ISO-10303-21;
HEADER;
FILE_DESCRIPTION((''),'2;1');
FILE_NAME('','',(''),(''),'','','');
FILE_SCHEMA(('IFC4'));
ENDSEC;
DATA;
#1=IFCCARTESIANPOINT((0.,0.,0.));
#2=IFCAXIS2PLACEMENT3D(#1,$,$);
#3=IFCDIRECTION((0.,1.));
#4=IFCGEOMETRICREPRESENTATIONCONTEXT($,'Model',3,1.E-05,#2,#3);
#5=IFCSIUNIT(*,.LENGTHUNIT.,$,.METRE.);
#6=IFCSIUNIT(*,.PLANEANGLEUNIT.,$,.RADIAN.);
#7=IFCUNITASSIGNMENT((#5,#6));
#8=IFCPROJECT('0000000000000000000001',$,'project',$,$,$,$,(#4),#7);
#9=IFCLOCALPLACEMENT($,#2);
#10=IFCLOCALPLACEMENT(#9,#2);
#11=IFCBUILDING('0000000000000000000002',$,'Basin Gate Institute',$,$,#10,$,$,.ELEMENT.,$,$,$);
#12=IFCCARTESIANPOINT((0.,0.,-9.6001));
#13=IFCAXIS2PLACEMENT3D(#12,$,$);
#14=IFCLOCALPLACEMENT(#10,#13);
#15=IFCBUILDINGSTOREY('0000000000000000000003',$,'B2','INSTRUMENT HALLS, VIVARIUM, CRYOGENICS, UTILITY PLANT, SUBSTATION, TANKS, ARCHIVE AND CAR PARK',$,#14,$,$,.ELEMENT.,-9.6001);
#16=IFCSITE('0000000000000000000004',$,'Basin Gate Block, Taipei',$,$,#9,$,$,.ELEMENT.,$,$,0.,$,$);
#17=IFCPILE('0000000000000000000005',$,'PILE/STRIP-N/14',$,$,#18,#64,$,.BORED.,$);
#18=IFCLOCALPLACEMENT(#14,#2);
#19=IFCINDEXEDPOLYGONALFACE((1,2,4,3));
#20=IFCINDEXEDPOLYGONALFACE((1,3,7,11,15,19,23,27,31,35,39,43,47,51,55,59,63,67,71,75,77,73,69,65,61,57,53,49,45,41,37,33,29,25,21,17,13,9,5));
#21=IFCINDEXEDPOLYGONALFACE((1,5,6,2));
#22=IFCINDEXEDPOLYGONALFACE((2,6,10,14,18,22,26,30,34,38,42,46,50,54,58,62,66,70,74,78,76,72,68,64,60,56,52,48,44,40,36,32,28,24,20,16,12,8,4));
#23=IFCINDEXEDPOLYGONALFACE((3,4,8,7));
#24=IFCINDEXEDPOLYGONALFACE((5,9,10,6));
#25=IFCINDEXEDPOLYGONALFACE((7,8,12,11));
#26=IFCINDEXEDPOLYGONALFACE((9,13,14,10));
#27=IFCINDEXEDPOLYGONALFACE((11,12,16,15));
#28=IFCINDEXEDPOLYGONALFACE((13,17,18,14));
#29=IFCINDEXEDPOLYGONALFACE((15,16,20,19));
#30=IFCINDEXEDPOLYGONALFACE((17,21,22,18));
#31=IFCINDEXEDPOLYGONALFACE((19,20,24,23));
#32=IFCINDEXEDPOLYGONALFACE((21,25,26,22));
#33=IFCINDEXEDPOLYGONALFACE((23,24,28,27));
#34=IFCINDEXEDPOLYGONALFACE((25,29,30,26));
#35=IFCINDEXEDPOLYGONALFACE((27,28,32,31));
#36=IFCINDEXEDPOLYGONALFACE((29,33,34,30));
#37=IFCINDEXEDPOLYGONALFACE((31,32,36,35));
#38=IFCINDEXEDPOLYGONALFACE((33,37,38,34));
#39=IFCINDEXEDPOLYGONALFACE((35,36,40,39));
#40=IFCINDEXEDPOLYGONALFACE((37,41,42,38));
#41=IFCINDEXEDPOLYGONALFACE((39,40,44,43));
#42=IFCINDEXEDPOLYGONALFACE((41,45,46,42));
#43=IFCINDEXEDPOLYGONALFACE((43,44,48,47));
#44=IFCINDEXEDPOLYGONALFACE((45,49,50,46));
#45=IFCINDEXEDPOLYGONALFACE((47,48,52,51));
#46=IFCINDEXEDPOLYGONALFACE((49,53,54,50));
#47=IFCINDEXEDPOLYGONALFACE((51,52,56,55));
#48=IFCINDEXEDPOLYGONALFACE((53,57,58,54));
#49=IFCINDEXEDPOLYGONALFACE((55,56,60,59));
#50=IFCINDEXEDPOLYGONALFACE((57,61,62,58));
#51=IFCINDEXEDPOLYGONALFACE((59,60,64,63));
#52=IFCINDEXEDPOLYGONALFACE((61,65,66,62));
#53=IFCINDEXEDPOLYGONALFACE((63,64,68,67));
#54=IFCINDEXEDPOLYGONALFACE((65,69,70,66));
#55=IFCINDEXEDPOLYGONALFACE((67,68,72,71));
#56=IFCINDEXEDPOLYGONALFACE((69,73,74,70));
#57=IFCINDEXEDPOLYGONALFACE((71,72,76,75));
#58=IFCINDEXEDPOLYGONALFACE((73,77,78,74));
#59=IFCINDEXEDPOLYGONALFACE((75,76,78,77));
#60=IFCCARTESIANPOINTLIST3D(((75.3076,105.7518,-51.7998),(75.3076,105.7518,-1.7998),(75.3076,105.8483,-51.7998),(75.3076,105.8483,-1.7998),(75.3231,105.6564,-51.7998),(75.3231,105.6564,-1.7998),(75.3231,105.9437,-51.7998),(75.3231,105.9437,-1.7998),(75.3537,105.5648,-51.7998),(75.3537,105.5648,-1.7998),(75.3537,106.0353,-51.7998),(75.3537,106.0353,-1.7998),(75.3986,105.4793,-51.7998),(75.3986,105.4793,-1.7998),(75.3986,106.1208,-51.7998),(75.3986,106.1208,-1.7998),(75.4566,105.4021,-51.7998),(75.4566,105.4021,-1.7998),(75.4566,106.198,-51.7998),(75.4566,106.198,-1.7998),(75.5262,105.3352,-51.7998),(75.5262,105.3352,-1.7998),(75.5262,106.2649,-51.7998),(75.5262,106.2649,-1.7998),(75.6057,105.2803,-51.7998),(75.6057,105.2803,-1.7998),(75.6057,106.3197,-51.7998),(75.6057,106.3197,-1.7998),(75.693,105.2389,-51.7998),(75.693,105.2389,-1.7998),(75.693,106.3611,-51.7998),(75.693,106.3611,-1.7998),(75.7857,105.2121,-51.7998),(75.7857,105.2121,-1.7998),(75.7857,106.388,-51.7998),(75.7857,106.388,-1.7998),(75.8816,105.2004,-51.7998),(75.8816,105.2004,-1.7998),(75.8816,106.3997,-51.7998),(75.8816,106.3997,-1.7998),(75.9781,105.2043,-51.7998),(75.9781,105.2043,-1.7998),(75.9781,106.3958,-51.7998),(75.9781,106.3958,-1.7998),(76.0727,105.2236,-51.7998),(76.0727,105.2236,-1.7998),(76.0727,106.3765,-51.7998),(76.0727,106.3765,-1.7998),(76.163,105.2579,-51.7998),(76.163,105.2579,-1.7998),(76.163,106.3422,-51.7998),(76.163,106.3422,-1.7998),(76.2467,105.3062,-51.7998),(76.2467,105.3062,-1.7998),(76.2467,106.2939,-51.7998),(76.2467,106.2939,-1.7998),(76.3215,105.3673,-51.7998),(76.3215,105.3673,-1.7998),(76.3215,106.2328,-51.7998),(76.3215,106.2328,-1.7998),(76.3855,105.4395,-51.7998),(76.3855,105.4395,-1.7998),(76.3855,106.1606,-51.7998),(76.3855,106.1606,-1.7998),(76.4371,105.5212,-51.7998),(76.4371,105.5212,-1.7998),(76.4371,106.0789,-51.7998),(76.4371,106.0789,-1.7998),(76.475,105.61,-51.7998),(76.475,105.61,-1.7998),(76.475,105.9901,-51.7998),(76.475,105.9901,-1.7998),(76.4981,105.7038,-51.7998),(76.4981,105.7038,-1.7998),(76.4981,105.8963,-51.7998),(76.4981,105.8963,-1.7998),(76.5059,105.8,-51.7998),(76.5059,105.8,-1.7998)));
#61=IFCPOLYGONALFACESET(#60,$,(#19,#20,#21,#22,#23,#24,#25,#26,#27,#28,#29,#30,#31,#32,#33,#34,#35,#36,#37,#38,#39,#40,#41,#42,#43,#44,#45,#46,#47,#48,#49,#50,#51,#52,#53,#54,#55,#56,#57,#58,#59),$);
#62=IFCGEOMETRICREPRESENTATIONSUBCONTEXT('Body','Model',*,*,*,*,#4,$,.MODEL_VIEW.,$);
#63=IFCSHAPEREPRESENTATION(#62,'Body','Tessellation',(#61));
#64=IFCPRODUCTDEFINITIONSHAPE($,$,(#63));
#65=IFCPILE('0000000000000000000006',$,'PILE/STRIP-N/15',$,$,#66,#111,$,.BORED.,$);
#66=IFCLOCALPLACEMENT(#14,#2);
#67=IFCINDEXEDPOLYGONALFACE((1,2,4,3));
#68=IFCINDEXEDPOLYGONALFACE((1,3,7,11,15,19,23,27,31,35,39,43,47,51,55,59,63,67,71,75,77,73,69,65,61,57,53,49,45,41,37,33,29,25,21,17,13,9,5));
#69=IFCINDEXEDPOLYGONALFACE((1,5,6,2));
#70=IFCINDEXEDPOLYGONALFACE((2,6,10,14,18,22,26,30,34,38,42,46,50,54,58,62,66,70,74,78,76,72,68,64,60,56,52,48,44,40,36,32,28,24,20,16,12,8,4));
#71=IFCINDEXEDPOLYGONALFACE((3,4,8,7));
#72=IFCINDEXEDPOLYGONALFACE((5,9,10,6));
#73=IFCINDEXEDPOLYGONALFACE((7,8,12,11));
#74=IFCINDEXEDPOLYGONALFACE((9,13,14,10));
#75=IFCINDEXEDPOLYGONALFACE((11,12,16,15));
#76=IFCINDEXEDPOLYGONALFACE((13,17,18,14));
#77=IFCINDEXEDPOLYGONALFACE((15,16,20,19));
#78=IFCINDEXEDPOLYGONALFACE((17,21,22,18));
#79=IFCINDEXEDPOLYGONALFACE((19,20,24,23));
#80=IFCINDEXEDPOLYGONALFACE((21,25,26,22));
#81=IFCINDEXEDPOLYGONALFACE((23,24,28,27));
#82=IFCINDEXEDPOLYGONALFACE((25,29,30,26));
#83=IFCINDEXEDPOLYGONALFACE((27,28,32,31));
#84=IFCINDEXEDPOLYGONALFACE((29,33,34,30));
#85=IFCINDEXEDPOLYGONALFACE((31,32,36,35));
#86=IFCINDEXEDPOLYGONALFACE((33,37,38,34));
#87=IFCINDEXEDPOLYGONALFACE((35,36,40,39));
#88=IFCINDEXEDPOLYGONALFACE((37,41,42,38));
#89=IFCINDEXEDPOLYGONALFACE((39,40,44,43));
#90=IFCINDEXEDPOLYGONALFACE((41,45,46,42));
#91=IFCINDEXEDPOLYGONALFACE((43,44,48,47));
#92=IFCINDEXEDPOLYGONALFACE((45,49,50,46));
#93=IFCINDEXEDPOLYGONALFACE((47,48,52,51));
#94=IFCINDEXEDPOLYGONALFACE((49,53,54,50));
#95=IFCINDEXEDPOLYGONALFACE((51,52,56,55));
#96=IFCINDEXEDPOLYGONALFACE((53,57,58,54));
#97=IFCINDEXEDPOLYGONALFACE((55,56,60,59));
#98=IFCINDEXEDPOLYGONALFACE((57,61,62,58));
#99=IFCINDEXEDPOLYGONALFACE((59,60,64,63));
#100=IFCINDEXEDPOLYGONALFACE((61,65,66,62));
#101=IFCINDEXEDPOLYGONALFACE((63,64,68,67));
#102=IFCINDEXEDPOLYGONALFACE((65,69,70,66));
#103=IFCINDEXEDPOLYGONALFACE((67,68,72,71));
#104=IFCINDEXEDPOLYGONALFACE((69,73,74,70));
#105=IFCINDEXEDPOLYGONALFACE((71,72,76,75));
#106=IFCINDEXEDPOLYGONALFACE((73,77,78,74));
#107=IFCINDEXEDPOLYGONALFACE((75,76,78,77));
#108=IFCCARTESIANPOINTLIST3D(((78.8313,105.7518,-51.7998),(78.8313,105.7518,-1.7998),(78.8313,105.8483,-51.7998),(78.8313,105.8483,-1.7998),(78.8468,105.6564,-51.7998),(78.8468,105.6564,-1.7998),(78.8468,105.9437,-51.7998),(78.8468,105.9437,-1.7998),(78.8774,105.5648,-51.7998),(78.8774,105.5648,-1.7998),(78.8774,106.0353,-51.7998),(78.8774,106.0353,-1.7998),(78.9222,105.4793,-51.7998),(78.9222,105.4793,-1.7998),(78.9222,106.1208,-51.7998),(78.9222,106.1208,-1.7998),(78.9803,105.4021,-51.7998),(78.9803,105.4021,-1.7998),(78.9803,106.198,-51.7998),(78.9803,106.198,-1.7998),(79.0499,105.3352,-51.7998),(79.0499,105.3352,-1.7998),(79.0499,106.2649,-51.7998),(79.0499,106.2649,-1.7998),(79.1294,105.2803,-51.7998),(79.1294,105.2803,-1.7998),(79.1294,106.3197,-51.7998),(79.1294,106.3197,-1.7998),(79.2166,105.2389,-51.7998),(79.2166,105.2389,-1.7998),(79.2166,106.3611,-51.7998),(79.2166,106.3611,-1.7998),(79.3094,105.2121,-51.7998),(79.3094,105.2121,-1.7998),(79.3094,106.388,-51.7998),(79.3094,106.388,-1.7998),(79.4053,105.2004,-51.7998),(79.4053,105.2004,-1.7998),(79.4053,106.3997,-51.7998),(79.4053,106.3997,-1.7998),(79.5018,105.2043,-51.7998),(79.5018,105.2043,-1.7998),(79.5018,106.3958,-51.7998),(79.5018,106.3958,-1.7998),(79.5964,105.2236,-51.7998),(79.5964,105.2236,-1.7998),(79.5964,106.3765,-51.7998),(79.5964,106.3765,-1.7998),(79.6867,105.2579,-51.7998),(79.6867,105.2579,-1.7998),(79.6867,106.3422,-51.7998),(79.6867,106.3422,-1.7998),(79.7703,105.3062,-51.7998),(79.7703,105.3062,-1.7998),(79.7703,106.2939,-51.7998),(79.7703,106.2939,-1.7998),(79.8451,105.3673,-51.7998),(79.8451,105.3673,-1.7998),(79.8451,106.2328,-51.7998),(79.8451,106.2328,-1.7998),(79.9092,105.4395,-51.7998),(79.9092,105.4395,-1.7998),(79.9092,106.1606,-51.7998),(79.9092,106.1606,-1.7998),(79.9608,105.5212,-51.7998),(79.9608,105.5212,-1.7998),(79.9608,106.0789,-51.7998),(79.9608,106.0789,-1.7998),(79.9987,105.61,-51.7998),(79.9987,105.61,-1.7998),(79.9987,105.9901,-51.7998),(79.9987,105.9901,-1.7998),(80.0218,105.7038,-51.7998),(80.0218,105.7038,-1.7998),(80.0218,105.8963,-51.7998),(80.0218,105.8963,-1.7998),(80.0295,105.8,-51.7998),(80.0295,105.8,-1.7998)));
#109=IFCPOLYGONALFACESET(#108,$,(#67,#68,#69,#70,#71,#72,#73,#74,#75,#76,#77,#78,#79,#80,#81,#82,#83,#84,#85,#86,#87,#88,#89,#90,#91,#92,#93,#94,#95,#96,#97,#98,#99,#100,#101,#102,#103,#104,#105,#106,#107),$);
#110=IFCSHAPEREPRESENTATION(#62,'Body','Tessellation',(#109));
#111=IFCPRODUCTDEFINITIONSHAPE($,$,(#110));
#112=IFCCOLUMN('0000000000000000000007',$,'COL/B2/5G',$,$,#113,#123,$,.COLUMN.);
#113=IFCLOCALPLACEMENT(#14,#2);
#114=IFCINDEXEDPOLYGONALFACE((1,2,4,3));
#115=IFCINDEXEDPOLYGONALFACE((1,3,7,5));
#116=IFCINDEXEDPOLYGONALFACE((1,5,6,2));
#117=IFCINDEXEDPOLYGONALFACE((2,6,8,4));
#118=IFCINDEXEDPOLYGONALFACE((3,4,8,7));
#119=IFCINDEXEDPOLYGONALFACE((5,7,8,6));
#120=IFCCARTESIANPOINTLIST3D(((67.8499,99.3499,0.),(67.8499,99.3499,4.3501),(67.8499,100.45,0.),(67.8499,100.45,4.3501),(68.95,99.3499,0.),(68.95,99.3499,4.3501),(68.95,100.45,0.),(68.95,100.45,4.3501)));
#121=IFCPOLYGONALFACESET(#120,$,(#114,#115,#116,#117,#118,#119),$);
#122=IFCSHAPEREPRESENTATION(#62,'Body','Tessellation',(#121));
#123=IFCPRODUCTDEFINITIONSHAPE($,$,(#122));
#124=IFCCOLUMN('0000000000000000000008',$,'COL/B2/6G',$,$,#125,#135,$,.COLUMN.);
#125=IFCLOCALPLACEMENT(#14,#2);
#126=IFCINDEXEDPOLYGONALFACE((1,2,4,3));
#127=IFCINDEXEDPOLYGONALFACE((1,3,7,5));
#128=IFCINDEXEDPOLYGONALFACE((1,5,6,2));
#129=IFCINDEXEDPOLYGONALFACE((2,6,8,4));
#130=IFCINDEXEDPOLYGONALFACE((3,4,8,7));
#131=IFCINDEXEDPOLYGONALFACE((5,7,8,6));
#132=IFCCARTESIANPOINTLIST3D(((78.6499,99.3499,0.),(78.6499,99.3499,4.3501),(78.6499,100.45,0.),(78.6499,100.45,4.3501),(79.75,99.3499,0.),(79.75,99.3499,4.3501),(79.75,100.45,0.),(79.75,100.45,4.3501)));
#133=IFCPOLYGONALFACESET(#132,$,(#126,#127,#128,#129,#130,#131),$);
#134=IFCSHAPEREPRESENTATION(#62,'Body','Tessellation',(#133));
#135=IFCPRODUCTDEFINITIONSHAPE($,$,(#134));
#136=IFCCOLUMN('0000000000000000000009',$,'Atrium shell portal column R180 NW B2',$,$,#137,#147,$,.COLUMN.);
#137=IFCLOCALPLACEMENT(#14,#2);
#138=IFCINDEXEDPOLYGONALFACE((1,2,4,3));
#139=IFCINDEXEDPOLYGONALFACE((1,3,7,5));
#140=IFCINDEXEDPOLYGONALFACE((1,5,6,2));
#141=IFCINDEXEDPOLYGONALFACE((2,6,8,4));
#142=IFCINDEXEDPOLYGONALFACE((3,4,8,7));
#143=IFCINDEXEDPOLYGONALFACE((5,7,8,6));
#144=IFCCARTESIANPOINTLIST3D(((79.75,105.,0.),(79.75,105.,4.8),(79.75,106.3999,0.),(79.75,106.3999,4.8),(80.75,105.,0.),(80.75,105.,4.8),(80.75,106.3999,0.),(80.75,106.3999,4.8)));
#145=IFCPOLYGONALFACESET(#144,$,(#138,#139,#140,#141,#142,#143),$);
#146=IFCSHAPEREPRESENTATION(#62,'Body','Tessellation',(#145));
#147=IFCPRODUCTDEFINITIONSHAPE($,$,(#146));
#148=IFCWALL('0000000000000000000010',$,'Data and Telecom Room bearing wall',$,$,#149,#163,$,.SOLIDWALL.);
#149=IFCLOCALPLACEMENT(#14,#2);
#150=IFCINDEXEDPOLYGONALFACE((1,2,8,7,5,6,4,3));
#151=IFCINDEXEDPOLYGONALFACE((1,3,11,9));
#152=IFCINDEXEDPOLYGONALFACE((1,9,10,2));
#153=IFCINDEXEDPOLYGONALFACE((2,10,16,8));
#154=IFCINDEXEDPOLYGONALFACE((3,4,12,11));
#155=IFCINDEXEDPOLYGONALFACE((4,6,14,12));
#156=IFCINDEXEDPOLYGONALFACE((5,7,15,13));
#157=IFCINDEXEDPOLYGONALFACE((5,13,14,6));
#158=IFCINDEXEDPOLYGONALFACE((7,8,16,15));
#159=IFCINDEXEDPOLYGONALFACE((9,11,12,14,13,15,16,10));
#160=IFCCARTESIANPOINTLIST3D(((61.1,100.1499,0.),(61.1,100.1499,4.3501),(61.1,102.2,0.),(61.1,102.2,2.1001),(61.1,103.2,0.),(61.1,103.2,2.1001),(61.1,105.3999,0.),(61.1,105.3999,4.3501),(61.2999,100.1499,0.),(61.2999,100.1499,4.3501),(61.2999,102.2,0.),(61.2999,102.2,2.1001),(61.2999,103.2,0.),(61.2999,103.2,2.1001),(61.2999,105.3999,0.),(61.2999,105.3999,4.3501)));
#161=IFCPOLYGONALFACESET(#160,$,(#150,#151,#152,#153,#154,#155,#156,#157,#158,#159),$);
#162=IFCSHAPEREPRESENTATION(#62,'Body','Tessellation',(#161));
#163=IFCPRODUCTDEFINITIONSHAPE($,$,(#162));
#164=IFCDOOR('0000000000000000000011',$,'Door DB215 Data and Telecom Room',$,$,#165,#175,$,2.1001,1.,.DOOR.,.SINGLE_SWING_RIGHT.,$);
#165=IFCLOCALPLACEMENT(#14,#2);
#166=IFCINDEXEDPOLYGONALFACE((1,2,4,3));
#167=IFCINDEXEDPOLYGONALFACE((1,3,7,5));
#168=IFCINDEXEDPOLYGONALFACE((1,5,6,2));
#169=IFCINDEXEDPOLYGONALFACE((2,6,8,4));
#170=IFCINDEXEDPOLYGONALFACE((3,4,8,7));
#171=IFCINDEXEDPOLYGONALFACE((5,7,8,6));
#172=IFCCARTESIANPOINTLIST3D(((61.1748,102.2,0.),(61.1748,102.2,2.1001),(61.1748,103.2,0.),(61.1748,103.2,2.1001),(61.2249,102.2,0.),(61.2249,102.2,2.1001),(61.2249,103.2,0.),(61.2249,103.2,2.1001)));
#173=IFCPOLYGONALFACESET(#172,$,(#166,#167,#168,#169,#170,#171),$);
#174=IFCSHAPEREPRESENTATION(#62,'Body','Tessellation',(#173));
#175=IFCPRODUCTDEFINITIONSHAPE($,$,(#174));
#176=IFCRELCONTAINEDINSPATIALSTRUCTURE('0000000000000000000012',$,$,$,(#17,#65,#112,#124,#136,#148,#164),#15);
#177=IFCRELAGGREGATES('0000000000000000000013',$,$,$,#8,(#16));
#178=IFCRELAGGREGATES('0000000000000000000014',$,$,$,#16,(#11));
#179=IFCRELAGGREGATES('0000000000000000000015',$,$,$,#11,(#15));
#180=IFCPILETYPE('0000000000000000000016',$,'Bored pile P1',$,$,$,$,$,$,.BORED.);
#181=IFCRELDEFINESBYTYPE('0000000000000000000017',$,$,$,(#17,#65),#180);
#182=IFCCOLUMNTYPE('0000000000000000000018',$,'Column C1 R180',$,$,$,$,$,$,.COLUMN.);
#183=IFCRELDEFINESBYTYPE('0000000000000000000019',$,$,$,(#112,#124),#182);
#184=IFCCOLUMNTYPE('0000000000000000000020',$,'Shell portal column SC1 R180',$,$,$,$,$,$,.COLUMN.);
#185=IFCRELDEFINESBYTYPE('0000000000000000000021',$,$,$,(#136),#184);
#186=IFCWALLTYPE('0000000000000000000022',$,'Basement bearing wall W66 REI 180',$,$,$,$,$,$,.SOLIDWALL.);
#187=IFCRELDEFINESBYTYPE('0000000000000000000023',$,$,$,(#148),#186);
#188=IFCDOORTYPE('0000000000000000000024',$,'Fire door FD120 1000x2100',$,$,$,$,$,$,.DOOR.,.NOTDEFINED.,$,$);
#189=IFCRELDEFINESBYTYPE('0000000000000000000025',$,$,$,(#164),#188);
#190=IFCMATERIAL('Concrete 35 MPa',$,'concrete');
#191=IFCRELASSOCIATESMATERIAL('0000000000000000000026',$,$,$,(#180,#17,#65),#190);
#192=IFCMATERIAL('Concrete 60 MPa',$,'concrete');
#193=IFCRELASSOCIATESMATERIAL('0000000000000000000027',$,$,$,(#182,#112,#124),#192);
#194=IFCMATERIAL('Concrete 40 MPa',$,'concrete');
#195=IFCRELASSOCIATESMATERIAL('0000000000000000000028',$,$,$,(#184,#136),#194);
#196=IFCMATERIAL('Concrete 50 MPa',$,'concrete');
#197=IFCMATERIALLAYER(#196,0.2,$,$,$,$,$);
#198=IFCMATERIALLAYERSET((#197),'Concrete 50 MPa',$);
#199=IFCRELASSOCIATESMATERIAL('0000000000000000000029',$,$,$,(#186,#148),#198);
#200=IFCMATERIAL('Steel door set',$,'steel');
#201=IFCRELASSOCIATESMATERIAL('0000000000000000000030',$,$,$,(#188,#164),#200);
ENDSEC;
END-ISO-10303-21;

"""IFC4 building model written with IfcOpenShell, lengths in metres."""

from ifc_helpers import new_model, si_unit, direction, frame, frame_2d, origin, origin_2d, place, context, subcontext, project, spatial, rectangle, circle, extrude, material, layer, layer_set, material_profile, profile_set, type_object, element, fill, save


model = new_model("IFC4")

# Units and contexts
model_context = context("Model", 3, precision=1e-05, world=origin(), true_north=direction((0.0, 1.0)))
body_context = subcontext(model_context, "Body", "Model", "MODEL_VIEW")
ifc_project = project(units=[si_unit("LENGTHUNIT", "METRE"), si_unit("PLANEANGLEUNIT", "RADIAN")], contexts=[model_context])

# Site, building, storey
site_placement = place(None, origin())
site = spatial("IfcSite", under=ifc_project, at=site_placement, Name="Basin Gate Block, Taipei", CompositionType="ELEMENT", RefElevation=0.0)
building_placement = place(site_placement, origin())
building = spatial("IfcBuilding", under=site, at=building_placement, Name="Basin Gate Institute", CompositionType="ELEMENT")
storey_placement = place(building_placement, frame((0.0, 0.0, -9.6001)))
storey = spatial("IfcBuildingStorey", under=building, at=storey_placement, Name="B2", Description="INSTRUMENT HALLS, VIVARIUM, CRYOGENICS, UTILITY PLANT, SUBSTATION, TANKS, ARCHIVE AND CAR PARK", CompositionType="ELEMENT", Elevation=-9.6001)

# Piles
ifc_material_1 = material(Name="Concrete 35 MPa", Category="concrete")
ifc_material_profile_1 = material_profile(ifc_material_1, circle(Radius=0.6001, at=origin_2d()), Name="Bored pile P1 1200 dia")
ifc_profile_set_1 = profile_set([ifc_material_profile_1], Name="Concrete 35 MPa")
pile_type = type_object("IfcPileType", Name="Bored pile P1", PredefinedType="BORED", material=ifc_profile_set_1)
for number, where, z_axis, x_axis, name in (
    (1, (75.9058, 105.8, -1.7998), (0.0, 0.0, -1.0), (1.0, 0.0, 0.0), "PILE/STRIP-N/14"),
    (2, (79.4294, 105.8, -1.7998), (0.0, 0.0, -1.0), (1.0, 0.0, 0.0), "PILE/STRIP-N/15"),
):
    element("IfcPile", number, at=place(storey_placement, frame(where, z_axis=z_axis, x_axis=x_axis)), inside=storey, type_object=pile_type, material=ifc_profile_set_1, Name=name, PredefinedType="BORED", context=body_context, shape_type="SweptSolid", body=[
        extrude(circle(Radius=0.6001, at=origin_2d()), origin(), (0.0, 0.0, 1.0), 50.0),
    ])

# Columns
ifc_material_2 = material(Name="Concrete 60 MPa", Category="concrete")
ifc_material_profile_2 = material_profile(ifc_material_2, rectangle(XDim=1.1001, YDim=1.1001, at=origin_2d()), Name="Column C1 1100 x 1100")
ifc_profile_set_2 = profile_set([ifc_material_profile_2], Name="Concrete 60 MPa")
column_type_1 = type_object("IfcColumnType", Name="Column C1 R180", PredefinedType="COLUMN", material=ifc_profile_set_2)
for number, where, z_axis, x_axis, name in (
    (3, (68.3999, 99.8999, 0.0), (0.0, 0.0, 1.0), (1.0, 0.0, 0.0), "COL/B2/5G"),
    (4, (79.2, 99.8999, 0.0), (0.0, 0.0, 1.0), (1.0, 0.0, 0.0), "COL/B2/6G"),
):
    element("IfcColumn", number, at=place(storey_placement, frame(where, z_axis=z_axis, x_axis=x_axis)), inside=storey, type_object=column_type_1, material=ifc_profile_set_2, Name=name, PredefinedType="COLUMN", context=body_context, shape_type="SweptSolid", body=[
        extrude(rectangle(XDim=1.1001, YDim=1.1001, at=origin_2d()), origin(), (0.0, 0.0, 1.0), 4.3501),
    ])
ifc_material_3 = material(Name="Concrete 40 MPa", Category="concrete")
ifc_material_profile_3 = material_profile(ifc_material_3, rectangle(XDim=1.0, YDim=1.3999, at=origin_2d()), Name="Shell portal column SC1 1000 x 1400")
ifc_profile_set_3 = profile_set([ifc_material_profile_3], Name="Concrete 40 MPa")
column_type_2 = type_object("IfcColumnType", Name="Shell portal column SC1 R180", PredefinedType="COLUMN", material=ifc_profile_set_3)
column_placement = place(storey_placement, frame((80.25, 105.7, 0.0), z_axis=(0.0, 0.0, 1.0), x_axis=(1.0, 0.0, 0.0)))
element("IfcColumn", 5, at=column_placement, inside=storey, type_object=column_type_2, material=ifc_profile_set_3, Name="Atrium shell portal column R180 NW B2", PredefinedType="COLUMN", context=body_context, shape_type="SweptSolid", body=[
    extrude(rectangle(XDim=1.0, YDim=1.3999, at=origin_2d()), origin(), (0.0, 0.0, 1.0), 4.8),
])

# Wall, opening, door
ifc_material_4 = material(Name="Concrete 50 MPa", Category="concrete")
ifc_layer_1 = layer(ifc_material_4, 0.2)
ifc_layer_set_1 = layer_set([ifc_layer_1], Name="Concrete 50 MPa")
wall_type_1 = type_object("IfcWallType", Name="Basement bearing wall W66 REI 180", PredefinedType="SOLIDWALL", material=ifc_layer_set_1)
wall_1_placement = place(storey_placement, frame((61.2, 100.1499, 0.0), z_axis=(0.0, 0.0, 1.0), x_axis=(0.0, 1.0, 0.0)))
wall_1 = element("IfcWall", 6, at=wall_1_placement, inside=storey, type_object=wall_type_1, material=ifc_layer_set_1, Name="Data and Telecom Room bearing wall", PredefinedType="SOLIDWALL", context=body_context, shape_type="SweptSolid", body=[
    extrude(rectangle(XDim=5.25, YDim=0.2, at=frame_2d((2.625, 0.0))), origin(), (0.0, 0.0, 1.0), 4.3501),
])
opening_1_placement = place(wall_1_placement, frame((2.05, 0.0, 0.0)))
opening_1 = element("IfcOpeningElement", 7, at=opening_1_placement, cuts=wall_1, PredefinedType="OPENING", context=body_context, shape_type="SweptSolid", body=[
    extrude(rectangle(XDim=1.0, YDim=2.1001, at=frame_2d((0.5, 1.05))), frame((0.0, 0.1099, 0.0), z_axis=(0.0, -1.0, 0.0), x_axis=(1.0, 0.0, 0.0)), (0.0, 0.0, 1.0), 0.22),
])
ifc_material_5 = material(Name="Steel door set", Category="steel")
door_type_1 = type_object("IfcDoorType", Name="Fire door FD120 1000x2100", OperationType="NOTDEFINED", PredefinedType="DOOR", material=ifc_material_5)
door_1_placement = place(opening_1_placement, frame((1.0, 0.0, 0.0), z_axis=(0.0, 0.0, 1.0), x_axis=(-1.0, 0.0, 0.0)))
door_1 = element("IfcDoor", 8, at=door_1_placement, inside=storey, type_object=door_type_1, material=ifc_material_5, Name="Door DB215 Data and Telecom Room", OperationType="SINGLE_SWING_RIGHT", OverallHeight=2.1001, OverallWidth=1.0, PredefinedType="DOOR", context=body_context, shape_type="SweptSolid", body=[
    extrude(rectangle(XDim=1.0, YDim=2.1001, at=frame_2d((0.5, 1.05))), frame((0.0, 0.0249, 0.0), z_axis=(0.0, -1.0, 0.0), x_axis=(1.0, 0.0, 0.0)), (0.0, 0.0, 1.0), 0.05),
])
fill(opening_1, door_1)

save(model, "model.ifc")
